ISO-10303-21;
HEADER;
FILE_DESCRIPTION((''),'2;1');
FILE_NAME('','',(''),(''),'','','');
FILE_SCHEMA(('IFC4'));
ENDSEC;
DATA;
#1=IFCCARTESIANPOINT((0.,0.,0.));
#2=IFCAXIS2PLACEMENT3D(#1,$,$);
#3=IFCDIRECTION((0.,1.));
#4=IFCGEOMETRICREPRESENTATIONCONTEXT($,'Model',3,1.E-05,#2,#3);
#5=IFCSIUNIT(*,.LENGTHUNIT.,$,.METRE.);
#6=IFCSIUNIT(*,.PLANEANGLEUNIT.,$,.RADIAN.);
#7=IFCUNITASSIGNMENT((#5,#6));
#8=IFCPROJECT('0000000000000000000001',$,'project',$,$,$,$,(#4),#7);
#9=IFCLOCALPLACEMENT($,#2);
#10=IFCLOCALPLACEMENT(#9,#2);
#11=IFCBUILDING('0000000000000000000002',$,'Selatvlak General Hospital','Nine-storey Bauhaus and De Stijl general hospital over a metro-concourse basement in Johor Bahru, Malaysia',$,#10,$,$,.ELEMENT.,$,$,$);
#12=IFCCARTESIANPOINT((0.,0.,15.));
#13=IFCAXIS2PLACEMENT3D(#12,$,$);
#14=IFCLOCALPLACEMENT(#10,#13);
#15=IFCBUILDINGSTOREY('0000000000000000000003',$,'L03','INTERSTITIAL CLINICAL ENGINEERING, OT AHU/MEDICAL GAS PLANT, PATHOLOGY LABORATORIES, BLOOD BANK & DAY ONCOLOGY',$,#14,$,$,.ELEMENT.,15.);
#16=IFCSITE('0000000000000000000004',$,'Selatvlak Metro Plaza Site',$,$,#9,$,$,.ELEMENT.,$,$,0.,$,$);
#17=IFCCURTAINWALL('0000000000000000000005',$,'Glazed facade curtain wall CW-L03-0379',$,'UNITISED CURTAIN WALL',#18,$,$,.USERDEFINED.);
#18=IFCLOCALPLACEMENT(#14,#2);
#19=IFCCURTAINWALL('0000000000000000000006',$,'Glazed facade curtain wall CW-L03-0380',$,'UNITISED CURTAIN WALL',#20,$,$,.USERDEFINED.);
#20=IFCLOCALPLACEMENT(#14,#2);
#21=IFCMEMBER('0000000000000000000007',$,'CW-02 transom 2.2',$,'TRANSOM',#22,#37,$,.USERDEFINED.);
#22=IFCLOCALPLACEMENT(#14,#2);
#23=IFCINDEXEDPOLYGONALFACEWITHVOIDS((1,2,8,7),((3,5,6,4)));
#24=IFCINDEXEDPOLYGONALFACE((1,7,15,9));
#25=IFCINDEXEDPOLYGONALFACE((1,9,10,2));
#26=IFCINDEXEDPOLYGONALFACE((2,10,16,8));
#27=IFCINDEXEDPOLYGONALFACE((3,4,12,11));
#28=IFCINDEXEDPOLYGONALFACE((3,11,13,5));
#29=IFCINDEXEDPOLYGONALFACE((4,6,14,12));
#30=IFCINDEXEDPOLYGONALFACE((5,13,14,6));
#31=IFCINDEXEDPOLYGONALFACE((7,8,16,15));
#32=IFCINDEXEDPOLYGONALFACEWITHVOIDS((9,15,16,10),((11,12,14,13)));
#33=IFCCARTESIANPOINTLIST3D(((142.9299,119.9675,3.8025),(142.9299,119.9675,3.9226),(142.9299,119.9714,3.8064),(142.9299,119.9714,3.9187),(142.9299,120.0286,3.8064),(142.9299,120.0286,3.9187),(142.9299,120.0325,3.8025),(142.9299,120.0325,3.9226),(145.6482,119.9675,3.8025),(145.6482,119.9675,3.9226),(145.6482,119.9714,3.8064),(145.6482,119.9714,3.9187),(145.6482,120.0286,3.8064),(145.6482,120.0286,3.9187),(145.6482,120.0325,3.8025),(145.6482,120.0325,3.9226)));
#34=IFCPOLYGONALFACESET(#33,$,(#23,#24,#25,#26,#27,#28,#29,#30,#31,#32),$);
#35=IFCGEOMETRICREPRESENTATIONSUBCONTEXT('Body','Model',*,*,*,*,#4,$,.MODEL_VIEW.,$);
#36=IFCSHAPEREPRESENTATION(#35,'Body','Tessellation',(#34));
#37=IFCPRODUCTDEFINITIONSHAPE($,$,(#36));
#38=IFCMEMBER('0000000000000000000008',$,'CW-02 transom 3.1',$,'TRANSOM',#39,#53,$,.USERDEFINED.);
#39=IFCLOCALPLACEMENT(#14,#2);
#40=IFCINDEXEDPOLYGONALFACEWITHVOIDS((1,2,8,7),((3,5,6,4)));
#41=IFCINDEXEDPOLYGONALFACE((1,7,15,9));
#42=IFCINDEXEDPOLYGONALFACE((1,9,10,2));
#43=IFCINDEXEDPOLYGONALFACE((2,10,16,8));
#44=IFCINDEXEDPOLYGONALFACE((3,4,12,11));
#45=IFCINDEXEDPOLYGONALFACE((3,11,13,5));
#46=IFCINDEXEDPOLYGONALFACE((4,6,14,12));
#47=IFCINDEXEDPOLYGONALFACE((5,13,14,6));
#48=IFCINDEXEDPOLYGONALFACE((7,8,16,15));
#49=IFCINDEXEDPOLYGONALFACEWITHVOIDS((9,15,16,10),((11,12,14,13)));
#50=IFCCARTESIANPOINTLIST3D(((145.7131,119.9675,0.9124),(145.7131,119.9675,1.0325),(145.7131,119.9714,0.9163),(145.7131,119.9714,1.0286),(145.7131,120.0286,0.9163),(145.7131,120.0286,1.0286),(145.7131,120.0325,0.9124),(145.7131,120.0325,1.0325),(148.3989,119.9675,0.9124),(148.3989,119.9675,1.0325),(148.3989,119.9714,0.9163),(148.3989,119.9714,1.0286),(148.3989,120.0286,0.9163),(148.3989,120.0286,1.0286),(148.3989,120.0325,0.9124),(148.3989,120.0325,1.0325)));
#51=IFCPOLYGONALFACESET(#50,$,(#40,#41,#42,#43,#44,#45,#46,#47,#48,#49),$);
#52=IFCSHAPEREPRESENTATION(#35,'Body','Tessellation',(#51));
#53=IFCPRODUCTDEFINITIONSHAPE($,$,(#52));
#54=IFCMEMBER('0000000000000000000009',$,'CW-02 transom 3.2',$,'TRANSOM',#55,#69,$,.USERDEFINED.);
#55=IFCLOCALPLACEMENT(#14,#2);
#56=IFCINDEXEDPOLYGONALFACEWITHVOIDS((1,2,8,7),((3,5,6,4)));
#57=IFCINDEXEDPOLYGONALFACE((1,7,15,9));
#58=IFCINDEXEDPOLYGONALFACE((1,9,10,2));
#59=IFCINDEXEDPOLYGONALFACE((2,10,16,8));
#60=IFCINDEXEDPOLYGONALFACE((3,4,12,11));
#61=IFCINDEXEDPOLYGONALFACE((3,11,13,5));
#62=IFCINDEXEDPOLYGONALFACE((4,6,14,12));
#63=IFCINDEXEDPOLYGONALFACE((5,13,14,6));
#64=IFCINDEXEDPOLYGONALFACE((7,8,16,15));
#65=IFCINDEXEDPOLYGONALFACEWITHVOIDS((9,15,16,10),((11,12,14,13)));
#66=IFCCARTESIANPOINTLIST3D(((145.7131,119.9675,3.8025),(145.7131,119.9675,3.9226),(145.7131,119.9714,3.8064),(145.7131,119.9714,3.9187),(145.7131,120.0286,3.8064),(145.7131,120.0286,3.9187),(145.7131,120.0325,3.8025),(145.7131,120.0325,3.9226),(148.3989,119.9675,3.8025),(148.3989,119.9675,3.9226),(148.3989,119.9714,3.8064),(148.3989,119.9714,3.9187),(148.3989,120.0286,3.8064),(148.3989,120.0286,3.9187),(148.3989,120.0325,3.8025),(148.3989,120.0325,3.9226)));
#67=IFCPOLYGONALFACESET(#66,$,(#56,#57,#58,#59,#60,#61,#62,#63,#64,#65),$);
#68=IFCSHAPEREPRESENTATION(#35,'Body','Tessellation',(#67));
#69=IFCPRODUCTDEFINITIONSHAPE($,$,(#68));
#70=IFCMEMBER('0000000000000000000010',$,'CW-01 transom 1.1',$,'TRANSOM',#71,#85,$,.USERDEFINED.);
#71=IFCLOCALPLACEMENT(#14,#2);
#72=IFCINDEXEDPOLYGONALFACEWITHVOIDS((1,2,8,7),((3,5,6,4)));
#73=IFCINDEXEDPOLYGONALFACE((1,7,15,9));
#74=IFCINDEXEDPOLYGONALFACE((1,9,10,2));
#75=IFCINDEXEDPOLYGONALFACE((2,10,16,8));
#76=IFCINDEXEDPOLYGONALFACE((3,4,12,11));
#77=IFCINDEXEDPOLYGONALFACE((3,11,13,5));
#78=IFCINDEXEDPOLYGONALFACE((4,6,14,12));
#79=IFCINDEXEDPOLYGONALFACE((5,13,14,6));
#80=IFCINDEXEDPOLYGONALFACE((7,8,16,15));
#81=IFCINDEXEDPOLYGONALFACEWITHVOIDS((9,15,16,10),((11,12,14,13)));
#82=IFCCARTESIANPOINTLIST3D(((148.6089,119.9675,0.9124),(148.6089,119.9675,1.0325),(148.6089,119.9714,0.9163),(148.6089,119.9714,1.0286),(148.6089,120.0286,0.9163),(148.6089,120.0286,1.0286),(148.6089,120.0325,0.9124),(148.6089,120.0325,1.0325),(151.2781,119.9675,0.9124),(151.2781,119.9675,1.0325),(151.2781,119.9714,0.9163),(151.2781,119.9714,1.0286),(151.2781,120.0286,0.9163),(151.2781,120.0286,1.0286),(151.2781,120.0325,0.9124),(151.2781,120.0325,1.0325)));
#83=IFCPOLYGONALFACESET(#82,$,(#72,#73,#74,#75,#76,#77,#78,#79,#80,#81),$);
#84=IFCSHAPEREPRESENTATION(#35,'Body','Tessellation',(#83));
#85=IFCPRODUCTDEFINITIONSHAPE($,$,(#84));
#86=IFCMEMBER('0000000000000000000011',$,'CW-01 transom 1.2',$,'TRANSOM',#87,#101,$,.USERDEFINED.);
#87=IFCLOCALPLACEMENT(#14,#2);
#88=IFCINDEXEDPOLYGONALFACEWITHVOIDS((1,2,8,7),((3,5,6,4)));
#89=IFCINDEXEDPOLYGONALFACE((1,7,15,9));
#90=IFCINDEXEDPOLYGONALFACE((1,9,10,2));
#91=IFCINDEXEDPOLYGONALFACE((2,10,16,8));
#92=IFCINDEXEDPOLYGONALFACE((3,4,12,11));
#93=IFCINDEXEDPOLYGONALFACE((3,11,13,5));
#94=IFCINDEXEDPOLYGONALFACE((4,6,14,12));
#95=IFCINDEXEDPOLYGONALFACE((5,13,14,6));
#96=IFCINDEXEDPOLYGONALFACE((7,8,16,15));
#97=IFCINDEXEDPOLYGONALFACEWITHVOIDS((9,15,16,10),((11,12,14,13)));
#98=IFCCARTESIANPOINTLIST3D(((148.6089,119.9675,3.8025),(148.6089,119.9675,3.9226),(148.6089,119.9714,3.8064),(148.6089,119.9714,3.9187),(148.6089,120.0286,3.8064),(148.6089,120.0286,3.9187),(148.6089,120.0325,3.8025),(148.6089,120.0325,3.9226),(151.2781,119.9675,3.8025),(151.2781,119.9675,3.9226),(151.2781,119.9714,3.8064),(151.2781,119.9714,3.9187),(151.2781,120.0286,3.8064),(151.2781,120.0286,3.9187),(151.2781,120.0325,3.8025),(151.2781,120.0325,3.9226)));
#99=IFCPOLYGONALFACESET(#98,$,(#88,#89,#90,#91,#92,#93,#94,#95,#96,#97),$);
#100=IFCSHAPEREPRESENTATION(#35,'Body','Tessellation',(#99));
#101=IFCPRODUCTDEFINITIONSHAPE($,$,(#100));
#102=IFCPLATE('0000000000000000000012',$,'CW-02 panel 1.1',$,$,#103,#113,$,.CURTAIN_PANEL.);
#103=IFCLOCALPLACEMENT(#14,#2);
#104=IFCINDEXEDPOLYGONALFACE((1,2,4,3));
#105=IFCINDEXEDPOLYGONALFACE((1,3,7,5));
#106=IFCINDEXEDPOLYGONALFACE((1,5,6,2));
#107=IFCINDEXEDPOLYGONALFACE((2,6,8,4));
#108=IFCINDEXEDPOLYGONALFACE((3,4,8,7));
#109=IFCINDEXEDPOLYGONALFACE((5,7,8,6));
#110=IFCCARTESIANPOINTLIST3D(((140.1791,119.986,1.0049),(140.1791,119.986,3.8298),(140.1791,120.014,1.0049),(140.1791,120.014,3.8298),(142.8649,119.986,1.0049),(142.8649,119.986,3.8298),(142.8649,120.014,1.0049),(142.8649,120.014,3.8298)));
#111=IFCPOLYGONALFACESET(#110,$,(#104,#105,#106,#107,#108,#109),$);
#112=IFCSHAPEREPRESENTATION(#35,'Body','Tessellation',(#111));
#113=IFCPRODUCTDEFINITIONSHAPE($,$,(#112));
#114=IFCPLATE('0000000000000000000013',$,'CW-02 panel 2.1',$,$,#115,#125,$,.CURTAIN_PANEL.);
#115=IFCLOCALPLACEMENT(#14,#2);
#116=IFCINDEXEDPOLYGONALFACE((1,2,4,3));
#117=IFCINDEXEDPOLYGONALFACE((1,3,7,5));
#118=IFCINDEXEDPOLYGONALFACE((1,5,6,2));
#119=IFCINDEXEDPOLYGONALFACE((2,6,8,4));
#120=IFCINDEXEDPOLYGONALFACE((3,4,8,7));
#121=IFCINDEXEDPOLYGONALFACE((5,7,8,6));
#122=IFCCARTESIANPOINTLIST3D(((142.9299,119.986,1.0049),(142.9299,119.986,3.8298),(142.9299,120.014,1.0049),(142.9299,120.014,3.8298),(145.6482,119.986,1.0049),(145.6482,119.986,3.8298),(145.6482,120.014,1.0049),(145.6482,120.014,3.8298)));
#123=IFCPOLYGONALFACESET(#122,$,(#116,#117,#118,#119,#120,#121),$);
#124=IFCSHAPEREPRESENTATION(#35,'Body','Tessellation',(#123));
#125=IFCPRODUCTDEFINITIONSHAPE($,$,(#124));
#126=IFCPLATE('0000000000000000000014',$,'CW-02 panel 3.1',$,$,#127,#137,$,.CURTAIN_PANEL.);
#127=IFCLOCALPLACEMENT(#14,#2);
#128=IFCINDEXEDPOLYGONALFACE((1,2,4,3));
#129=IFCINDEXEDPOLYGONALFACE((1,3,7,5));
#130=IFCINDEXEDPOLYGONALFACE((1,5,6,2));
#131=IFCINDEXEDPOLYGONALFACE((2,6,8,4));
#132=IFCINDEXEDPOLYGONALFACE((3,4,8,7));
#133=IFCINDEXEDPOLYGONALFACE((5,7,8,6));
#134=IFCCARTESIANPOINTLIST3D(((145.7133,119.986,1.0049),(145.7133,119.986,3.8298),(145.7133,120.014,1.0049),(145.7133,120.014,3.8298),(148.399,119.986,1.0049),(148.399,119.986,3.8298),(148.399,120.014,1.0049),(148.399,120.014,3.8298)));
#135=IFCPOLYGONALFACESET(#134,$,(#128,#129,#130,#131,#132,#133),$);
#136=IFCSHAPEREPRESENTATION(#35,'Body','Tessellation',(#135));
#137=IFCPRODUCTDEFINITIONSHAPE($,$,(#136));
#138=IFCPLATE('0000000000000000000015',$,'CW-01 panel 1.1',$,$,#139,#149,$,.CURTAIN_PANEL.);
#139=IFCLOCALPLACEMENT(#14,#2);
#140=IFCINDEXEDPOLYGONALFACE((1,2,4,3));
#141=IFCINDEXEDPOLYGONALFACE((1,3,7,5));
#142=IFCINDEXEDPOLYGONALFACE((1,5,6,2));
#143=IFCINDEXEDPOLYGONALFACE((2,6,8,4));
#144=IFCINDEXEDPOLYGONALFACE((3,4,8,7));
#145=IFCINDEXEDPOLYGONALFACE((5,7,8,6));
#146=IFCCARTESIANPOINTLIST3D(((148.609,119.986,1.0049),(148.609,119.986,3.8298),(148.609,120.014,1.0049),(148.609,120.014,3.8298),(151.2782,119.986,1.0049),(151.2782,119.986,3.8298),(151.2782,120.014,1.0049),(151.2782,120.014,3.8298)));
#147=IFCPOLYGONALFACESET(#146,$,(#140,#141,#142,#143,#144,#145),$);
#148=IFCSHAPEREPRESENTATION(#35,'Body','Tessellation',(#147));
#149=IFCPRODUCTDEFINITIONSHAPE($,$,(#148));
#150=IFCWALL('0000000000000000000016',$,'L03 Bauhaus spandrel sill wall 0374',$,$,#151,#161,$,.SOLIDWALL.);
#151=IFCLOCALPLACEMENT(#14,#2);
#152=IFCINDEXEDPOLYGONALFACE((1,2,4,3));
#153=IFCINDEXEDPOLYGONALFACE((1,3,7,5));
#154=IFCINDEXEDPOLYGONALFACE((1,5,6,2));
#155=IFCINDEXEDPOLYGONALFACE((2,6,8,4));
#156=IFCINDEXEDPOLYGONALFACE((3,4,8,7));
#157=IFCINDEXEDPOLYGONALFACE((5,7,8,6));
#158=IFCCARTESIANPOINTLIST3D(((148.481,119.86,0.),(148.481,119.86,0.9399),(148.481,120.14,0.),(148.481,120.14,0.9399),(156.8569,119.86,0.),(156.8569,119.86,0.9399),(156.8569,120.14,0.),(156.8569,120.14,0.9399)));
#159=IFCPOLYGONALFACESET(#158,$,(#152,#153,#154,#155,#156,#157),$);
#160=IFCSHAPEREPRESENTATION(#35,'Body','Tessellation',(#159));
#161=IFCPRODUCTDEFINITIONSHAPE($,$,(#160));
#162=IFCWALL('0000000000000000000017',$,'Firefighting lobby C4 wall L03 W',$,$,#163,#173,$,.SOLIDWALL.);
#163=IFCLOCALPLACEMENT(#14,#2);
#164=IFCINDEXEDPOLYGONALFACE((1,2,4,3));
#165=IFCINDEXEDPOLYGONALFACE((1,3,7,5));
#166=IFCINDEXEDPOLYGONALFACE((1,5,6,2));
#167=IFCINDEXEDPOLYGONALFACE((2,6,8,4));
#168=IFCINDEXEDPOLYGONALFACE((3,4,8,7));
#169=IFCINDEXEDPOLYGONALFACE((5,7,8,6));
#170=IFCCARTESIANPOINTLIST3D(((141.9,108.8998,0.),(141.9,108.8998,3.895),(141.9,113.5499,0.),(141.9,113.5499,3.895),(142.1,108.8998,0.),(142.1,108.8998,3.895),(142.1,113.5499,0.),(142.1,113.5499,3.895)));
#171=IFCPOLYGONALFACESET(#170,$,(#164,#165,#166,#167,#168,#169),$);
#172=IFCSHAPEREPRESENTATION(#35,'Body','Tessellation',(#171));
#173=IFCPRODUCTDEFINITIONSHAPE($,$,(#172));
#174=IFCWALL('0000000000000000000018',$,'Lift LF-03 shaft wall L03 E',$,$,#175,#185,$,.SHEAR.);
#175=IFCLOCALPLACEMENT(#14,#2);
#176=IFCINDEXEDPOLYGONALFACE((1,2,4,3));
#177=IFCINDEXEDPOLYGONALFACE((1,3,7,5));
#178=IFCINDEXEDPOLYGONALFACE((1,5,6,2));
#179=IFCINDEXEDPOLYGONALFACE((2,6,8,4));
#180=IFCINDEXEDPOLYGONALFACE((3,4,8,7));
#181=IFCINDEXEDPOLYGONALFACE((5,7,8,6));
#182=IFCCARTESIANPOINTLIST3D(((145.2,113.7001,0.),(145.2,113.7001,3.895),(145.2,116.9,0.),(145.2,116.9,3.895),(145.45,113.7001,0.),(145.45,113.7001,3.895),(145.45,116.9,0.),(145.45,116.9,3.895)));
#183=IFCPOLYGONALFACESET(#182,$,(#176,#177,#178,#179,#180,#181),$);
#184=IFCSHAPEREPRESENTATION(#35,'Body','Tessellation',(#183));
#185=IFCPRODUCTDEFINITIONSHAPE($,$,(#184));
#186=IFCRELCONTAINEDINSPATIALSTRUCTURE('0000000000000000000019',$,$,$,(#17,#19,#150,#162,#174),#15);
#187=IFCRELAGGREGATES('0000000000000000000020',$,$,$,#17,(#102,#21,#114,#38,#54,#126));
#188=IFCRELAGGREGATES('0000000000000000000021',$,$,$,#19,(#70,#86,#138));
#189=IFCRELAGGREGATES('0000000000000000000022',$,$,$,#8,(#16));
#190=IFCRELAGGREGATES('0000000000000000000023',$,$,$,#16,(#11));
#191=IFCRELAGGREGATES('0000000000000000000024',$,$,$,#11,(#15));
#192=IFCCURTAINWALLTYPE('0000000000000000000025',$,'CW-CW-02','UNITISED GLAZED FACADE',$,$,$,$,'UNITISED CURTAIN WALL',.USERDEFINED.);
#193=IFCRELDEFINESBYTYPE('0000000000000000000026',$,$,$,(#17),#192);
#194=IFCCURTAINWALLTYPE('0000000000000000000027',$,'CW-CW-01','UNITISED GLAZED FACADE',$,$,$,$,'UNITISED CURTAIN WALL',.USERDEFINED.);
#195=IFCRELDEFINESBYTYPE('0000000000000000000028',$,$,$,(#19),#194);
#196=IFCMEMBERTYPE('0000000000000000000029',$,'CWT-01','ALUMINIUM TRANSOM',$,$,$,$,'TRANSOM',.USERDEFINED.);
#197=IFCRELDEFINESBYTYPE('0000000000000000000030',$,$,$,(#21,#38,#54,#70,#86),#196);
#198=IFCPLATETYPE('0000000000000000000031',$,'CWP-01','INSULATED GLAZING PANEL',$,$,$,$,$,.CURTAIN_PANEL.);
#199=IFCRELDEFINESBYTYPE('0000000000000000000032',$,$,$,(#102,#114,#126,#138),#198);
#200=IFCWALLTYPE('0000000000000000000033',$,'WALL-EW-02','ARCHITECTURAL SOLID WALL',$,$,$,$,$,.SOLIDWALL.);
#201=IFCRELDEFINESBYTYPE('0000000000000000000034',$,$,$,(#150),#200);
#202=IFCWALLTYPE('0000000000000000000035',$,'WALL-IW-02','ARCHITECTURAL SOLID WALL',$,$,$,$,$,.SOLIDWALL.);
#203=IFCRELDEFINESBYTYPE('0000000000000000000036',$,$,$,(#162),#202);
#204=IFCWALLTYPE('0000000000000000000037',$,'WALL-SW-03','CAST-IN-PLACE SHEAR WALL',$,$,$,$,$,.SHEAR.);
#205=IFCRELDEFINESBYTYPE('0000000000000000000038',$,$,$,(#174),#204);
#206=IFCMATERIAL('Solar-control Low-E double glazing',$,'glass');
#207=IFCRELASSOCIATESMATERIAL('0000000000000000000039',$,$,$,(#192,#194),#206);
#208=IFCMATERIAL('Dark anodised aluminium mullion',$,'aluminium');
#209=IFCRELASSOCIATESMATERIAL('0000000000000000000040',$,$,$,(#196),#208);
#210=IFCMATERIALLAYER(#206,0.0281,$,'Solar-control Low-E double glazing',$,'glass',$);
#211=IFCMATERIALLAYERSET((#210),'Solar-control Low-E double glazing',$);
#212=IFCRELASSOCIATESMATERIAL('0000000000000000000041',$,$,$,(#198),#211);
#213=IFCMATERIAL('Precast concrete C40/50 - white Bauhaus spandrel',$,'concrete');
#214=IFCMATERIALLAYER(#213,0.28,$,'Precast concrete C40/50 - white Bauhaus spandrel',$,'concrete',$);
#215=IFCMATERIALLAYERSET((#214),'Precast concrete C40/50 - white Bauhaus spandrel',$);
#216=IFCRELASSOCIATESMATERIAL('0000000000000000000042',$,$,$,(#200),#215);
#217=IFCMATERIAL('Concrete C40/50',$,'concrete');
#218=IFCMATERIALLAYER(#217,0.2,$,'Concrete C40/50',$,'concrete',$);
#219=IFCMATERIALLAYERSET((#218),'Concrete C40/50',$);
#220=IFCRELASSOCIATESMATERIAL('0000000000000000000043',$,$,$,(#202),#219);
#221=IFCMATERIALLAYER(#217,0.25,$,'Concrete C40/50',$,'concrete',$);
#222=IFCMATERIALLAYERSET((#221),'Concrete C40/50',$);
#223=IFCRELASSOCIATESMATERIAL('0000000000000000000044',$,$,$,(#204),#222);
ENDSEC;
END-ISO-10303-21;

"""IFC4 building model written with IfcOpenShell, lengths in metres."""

from ifc_helpers import new_model, si_unit, direction, frame, frame_2d, origin, origin_2d, place, context, subcontext, project, spatial, rectangle, hollow_rectangle, extrude, material, layer, layer_set, material_profile, profile_set, type_object, element, aggregate, save


model = new_model("IFC4")

# Units and contexts
model_context = context("Model", 3, precision=1e-05, world=origin(), true_north=direction((0.0, 1.0)))
body_context = subcontext(model_context, "Body", "Model", "MODEL_VIEW")
ifc_project = project(units=[si_unit("LENGTHUNIT", "METRE"), si_unit("PLANEANGLEUNIT", "RADIAN")], contexts=[model_context])

# Site, building, storey
site_placement = place(None, origin())
site = spatial("IfcSite", under=ifc_project, at=site_placement, Name="Selatvlak Metro Plaza Site", CompositionType="ELEMENT", RefElevation=0.0)
building_placement = place(site_placement, origin())
building = spatial("IfcBuilding", under=site, at=building_placement, Name="Selatvlak General Hospital", Description="Nine-storey Bauhaus and De Stijl general hospital over a metro-concourse basement in Johor Bahru, Malaysia", CompositionType="ELEMENT")
storey_placement = place(building_placement, frame((0.0, 0.0, 15.0)))
storey = spatial("IfcBuildingStorey", under=building, at=storey_placement, Name="L03", Description="INTERSTITIAL CLINICAL ENGINEERING, OT AHU/MEDICAL GAS PLANT, PATHOLOGY LABORATORIES, BLOOD BANK & DAY ONCOLOGY", CompositionType="ELEMENT", Elevation=15.0)

# Shared definitions
ifc_material_1 = material(Name="Concrete C40/50", Category="concrete")

# Curtain walls
ifc_material_2 = material(Name="Solar-control Low-E double glazing", Category="glass")
curtain_wall_type_1 = type_object("IfcCurtainWallType", Name="CW-CW-02", Description="UNITISED GLAZED FACADE", ElementType="UNITISED CURTAIN WALL", PredefinedType="USERDEFINED", material=ifc_material_2)
curtain_wall_1_placement = place(storey_placement, origin())
curtain_wall_1 = element("IfcCurtainWall", 1, at=curtain_wall_1_placement, inside=storey, type_object=curtain_wall_type_1, Name="Glazed facade curtain wall CW-L03-0379", ObjectType="UNITISED CURTAIN WALL", PredefinedType="USERDEFINED")
ifc_material_3 = material(Name="Dark anodised aluminium mullion", Category="aluminium")
curtain_wall_type_2 = type_object("IfcCurtainWallType", Name="CW-CW-01", Description="UNITISED GLAZED FACADE", ElementType="UNITISED CURTAIN WALL", PredefinedType="USERDEFINED", material=ifc_material_2)
curtain_wall_2_placement = place(storey_placement, origin())
curtain_wall_2 = element("IfcCurtainWall", 2, at=curtain_wall_2_placement, inside=storey, type_object=curtain_wall_type_2, Name="Glazed facade curtain wall CW-L03-0380", ObjectType="UNITISED CURTAIN WALL", PredefinedType="USERDEFINED")

# Members
ifc_material_profile_1 = material_profile(ifc_material_3, hollow_rectangle(XDim=0.0649, YDim=0.1201, WallThickness=0.0039, at=origin_2d()), Name="AL-TRN 65x120x4")
ifc_profile_set_1 = profile_set([ifc_material_profile_1], Name="Dark anodised aluminium mullion")
member_type_1 = type_object("IfcMemberType", Name="CWT-01", Description="ALUMINIUM TRANSOM", ElementType="TRANSOM", PredefinedType="USERDEFINED", material=ifc_profile_set_1)
member_1_placement = place(storey_placement, frame((142.9299, 120.0, 3.8625), z_axis=(1.0, 0.0, 0.0), x_axis=(0.0, 1.0, 0.0)))
member_1 = element("IfcMember", 3, at=member_1_placement, type_object=member_type_1, Name="CW-02 transom 2.2", ObjectType="TRANSOM", PredefinedType="USERDEFINED", context=body_context, shape_type="SweptSolid", body=[
    extrude(hollow_rectangle(XDim=0.0649, YDim=0.1201, WallThickness=0.0039, at=origin_2d()), origin(), (0.0, 0.0, 1.0), 2.7183),
])
member_2_placement = place(storey_placement, frame((145.7131, 120.0, 0.9724), z_axis=(1.0, 0.0, 0.0), x_axis=(0.0, 1.0, 0.0)))
member_2 = element("IfcMember", 4, at=member_2_placement, type_object=member_type_1, Name="CW-02 transom 3.1", ObjectType="TRANSOM", PredefinedType="USERDEFINED", context=body_context, shape_type="SweptSolid", body=[
    extrude(hollow_rectangle(XDim=0.0649, YDim=0.1201, WallThickness=0.0039, at=origin_2d()), origin(), (0.0, 0.0, 1.0), 2.6858),
])
member_3_placement = place(storey_placement, frame((145.7131, 120.0, 3.8625), z_axis=(1.0, 0.0, 0.0), x_axis=(0.0, 1.0, 0.0)))
member_3 = element("IfcMember", 5, at=member_3_placement, type_object=member_type_1, Name="CW-02 transom 3.2", ObjectType="TRANSOM", PredefinedType="USERDEFINED", context=body_context, shape_type="SweptSolid", body=[
    extrude(hollow_rectangle(XDim=0.0649, YDim=0.1201, WallThickness=0.0039, at=origin_2d()), origin(), (0.0, 0.0, 1.0), 2.6858),
])
member_4_placement = place(storey_placement, frame((148.6089, 120.0, 0.9724), z_axis=(1.0, 0.0, 0.0), x_axis=(0.0, 1.0, 0.0)))
member_4 = element("IfcMember", 6, at=member_4_placement, type_object=member_type_1, Name="CW-01 transom 1.1", ObjectType="TRANSOM", PredefinedType="USERDEFINED", context=body_context, shape_type="SweptSolid", body=[
    extrude(hollow_rectangle(XDim=0.0649, YDim=0.1201, WallThickness=0.0039, at=origin_2d()), origin(), (0.0, 0.0, 1.0), 2.6692),
])
member_5_placement = place(storey_placement, frame((148.6089, 120.0, 3.8625), z_axis=(1.0, 0.0, 0.0), x_axis=(0.0, 1.0, 0.0)))
member_5 = element("IfcMember", 7, at=member_5_placement, type_object=member_type_1, Name="CW-01 transom 1.2", ObjectType="TRANSOM", PredefinedType="USERDEFINED", context=body_context, shape_type="SweptSolid", body=[
    extrude(hollow_rectangle(XDim=0.0649, YDim=0.1201, WallThickness=0.0039, at=origin_2d()), origin(), (0.0, 0.0, 1.0), 2.6692),
])

# Plates
ifc_layer_1 = layer(ifc_material_2, 0.0281, Name="Solar-control Low-E double glazing", Category="glass")
ifc_layer_set_1 = layer_set([ifc_layer_1], Name="Solar-control Low-E double glazing")
plate_type = type_object("IfcPlateType", Name="CWP-01", Description="INSULATED GLAZING PANEL", PredefinedType="CURTAIN_PANEL", material=ifc_layer_set_1)
plate_1_placement = place(storey_placement, frame((141.522, 120.0, 1.0049), z_axis=(0.0, 0.0, 1.0), x_axis=(1.0, 0.0, 0.0)))
plate_1 = element("IfcPlate", 8, at=plate_1_placement, type_object=plate_type, Name="CW-02 panel 1.1", PredefinedType="CURTAIN_PANEL", context=body_context, shape_type="SweptSolid", body=[
    extrude(rectangle(XDim=2.6858, YDim=0.0281, at=origin_2d()), origin(), (0.0, 0.0, 1.0), 2.825),
])
plate_2_placement = place(storey_placement, frame((144.2891, 120.0, 1.0049), z_axis=(0.0, 0.0, 1.0), x_axis=(1.0, 0.0, 0.0)))
plate_2 = element("IfcPlate", 9, at=plate_2_placement, type_object=plate_type, Name="CW-02 panel 2.1", PredefinedType="CURTAIN_PANEL", context=body_context, shape_type="SweptSolid", body=[
    extrude(rectangle(XDim=2.7183, YDim=0.0281, at=origin_2d()), origin(), (0.0, 0.0, 1.0), 2.825),
])
plate_3_placement = place(storey_placement, frame((147.0562, 120.0, 1.0049), z_axis=(0.0, 0.0, 1.0), x_axis=(1.0, 0.0, 0.0)))
plate_3 = element("IfcPlate", 10, at=plate_3_placement, type_object=plate_type, Name="CW-02 panel 3.1", PredefinedType="CURTAIN_PANEL", context=body_context, shape_type="SweptSolid", body=[
    extrude(rectangle(XDim=2.6858, YDim=0.0281, at=origin_2d()), origin(), (0.0, 0.0, 1.0), 2.825),
])
aggregate(curtain_wall_1, [plate_1, member_1, plate_2, member_2, member_3, plate_3])
plate_4_placement = place(storey_placement, frame((149.9436, 120.0, 1.0049), z_axis=(0.0, 0.0, 1.0), x_axis=(1.0, 0.0, 0.0)))
plate_4 = element("IfcPlate", 11, at=plate_4_placement, type_object=plate_type, Name="CW-01 panel 1.1", PredefinedType="CURTAIN_PANEL", context=body_context, shape_type="SweptSolid", body=[
    extrude(rectangle(XDim=2.6692, YDim=0.0281, at=origin_2d()), origin(), (0.0, 0.0, 1.0), 2.825),
])
aggregate(curtain_wall_2, [member_4, member_5, plate_4])

# Walls
ifc_material_4 = material(Name="Precast concrete C40/50 - white Bauhaus spandrel", Category="concrete")
ifc_layer_2 = layer(ifc_material_4, 0.28, Name="Precast concrete C40/50 - white Bauhaus spandrel", Category="concrete")
ifc_layer_set_2 = layer_set([ifc_layer_2], Name="Precast concrete C40/50 - white Bauhaus spandrel")
wall_type_1 = type_object("IfcWallType", Name="WALL-EW-02", Description="ARCHITECTURAL SOLID WALL", PredefinedType="SOLIDWALL", material=ifc_layer_set_2)
wall_1_placement = place(storey_placement, frame((148.481, 120.0, 0.0), z_axis=(0.0, 0.0, 1.0), x_axis=(1.0, 0.0, 0.0)))
element("IfcWall", 12, at=wall_1_placement, inside=storey, type_object=wall_type_1, Name="L03 Bauhaus spandrel sill wall 0374", PredefinedType="SOLIDWALL", context=body_context, shape_type="SweptSolid", body=[
    extrude(rectangle(XDim=8.376, YDim=0.28, at=frame_2d((4.188, 0.0))), origin(), (0.0, 0.0, 1.0), 0.9399),
])
ifc_layer_3 = layer(ifc_material_1, 0.2, Name="Concrete C40/50", Category="concrete")
ifc_layer_set_3 = layer_set([ifc_layer_3], Name="Concrete C40/50")
wall_type_2 = type_object("IfcWallType", Name="WALL-IW-02", Description="ARCHITECTURAL SOLID WALL", PredefinedType="SOLIDWALL", material=ifc_layer_set_3)
wall_2_placement = place(storey_placement, frame((142.0, 113.55, 0.0), z_axis=(0.0, 0.0, 1.0), x_axis=(0.0, -1.0, 0.0)))
element("IfcWall", 13, at=wall_2_placement, inside=storey, type_object=wall_type_2, Name="Firefighting lobby C4 wall L03 W", PredefinedType="SOLIDWALL", context=body_context, shape_type="SweptSolid", body=[
    extrude(rectangle(XDim=4.6501, YDim=0.2, at=frame_2d((2.3252, 0.0))), origin(), (0.0, 0.0, 1.0), 3.895),
])

# Shared definitions
ifc_layer_4 = layer(ifc_material_1, 0.25, Name="Concrete C40/50", Category="concrete")
ifc_layer_set_4 = layer_set([ifc_layer_4], Name="Concrete C40/50")
wall_type_3 = type_object("IfcWallType", Name="WALL-SW-03", Description="CAST-IN-PLACE SHEAR WALL", PredefinedType="SHEAR", material=ifc_layer_set_4)

# Wall
wall_3_placement = place(storey_placement, frame((145.325, 113.7, 0.0), z_axis=(0.0, 0.0, 1.0), x_axis=(0.0, 1.0, 0.0)))
element("IfcWall", 14, at=wall_3_placement, inside=storey, type_object=wall_type_3, Name="Lift LF-03 shaft wall L03 E", PredefinedType="SHEAR", context=body_context, shape_type="SweptSolid", body=[
    extrude(rectangle(XDim=3.2, YDim=0.25, at=frame_2d((1.6001, 0.0))), origin(), (0.0, 0.0, 1.0), 3.895),
])

save(model, "model.ifc")
